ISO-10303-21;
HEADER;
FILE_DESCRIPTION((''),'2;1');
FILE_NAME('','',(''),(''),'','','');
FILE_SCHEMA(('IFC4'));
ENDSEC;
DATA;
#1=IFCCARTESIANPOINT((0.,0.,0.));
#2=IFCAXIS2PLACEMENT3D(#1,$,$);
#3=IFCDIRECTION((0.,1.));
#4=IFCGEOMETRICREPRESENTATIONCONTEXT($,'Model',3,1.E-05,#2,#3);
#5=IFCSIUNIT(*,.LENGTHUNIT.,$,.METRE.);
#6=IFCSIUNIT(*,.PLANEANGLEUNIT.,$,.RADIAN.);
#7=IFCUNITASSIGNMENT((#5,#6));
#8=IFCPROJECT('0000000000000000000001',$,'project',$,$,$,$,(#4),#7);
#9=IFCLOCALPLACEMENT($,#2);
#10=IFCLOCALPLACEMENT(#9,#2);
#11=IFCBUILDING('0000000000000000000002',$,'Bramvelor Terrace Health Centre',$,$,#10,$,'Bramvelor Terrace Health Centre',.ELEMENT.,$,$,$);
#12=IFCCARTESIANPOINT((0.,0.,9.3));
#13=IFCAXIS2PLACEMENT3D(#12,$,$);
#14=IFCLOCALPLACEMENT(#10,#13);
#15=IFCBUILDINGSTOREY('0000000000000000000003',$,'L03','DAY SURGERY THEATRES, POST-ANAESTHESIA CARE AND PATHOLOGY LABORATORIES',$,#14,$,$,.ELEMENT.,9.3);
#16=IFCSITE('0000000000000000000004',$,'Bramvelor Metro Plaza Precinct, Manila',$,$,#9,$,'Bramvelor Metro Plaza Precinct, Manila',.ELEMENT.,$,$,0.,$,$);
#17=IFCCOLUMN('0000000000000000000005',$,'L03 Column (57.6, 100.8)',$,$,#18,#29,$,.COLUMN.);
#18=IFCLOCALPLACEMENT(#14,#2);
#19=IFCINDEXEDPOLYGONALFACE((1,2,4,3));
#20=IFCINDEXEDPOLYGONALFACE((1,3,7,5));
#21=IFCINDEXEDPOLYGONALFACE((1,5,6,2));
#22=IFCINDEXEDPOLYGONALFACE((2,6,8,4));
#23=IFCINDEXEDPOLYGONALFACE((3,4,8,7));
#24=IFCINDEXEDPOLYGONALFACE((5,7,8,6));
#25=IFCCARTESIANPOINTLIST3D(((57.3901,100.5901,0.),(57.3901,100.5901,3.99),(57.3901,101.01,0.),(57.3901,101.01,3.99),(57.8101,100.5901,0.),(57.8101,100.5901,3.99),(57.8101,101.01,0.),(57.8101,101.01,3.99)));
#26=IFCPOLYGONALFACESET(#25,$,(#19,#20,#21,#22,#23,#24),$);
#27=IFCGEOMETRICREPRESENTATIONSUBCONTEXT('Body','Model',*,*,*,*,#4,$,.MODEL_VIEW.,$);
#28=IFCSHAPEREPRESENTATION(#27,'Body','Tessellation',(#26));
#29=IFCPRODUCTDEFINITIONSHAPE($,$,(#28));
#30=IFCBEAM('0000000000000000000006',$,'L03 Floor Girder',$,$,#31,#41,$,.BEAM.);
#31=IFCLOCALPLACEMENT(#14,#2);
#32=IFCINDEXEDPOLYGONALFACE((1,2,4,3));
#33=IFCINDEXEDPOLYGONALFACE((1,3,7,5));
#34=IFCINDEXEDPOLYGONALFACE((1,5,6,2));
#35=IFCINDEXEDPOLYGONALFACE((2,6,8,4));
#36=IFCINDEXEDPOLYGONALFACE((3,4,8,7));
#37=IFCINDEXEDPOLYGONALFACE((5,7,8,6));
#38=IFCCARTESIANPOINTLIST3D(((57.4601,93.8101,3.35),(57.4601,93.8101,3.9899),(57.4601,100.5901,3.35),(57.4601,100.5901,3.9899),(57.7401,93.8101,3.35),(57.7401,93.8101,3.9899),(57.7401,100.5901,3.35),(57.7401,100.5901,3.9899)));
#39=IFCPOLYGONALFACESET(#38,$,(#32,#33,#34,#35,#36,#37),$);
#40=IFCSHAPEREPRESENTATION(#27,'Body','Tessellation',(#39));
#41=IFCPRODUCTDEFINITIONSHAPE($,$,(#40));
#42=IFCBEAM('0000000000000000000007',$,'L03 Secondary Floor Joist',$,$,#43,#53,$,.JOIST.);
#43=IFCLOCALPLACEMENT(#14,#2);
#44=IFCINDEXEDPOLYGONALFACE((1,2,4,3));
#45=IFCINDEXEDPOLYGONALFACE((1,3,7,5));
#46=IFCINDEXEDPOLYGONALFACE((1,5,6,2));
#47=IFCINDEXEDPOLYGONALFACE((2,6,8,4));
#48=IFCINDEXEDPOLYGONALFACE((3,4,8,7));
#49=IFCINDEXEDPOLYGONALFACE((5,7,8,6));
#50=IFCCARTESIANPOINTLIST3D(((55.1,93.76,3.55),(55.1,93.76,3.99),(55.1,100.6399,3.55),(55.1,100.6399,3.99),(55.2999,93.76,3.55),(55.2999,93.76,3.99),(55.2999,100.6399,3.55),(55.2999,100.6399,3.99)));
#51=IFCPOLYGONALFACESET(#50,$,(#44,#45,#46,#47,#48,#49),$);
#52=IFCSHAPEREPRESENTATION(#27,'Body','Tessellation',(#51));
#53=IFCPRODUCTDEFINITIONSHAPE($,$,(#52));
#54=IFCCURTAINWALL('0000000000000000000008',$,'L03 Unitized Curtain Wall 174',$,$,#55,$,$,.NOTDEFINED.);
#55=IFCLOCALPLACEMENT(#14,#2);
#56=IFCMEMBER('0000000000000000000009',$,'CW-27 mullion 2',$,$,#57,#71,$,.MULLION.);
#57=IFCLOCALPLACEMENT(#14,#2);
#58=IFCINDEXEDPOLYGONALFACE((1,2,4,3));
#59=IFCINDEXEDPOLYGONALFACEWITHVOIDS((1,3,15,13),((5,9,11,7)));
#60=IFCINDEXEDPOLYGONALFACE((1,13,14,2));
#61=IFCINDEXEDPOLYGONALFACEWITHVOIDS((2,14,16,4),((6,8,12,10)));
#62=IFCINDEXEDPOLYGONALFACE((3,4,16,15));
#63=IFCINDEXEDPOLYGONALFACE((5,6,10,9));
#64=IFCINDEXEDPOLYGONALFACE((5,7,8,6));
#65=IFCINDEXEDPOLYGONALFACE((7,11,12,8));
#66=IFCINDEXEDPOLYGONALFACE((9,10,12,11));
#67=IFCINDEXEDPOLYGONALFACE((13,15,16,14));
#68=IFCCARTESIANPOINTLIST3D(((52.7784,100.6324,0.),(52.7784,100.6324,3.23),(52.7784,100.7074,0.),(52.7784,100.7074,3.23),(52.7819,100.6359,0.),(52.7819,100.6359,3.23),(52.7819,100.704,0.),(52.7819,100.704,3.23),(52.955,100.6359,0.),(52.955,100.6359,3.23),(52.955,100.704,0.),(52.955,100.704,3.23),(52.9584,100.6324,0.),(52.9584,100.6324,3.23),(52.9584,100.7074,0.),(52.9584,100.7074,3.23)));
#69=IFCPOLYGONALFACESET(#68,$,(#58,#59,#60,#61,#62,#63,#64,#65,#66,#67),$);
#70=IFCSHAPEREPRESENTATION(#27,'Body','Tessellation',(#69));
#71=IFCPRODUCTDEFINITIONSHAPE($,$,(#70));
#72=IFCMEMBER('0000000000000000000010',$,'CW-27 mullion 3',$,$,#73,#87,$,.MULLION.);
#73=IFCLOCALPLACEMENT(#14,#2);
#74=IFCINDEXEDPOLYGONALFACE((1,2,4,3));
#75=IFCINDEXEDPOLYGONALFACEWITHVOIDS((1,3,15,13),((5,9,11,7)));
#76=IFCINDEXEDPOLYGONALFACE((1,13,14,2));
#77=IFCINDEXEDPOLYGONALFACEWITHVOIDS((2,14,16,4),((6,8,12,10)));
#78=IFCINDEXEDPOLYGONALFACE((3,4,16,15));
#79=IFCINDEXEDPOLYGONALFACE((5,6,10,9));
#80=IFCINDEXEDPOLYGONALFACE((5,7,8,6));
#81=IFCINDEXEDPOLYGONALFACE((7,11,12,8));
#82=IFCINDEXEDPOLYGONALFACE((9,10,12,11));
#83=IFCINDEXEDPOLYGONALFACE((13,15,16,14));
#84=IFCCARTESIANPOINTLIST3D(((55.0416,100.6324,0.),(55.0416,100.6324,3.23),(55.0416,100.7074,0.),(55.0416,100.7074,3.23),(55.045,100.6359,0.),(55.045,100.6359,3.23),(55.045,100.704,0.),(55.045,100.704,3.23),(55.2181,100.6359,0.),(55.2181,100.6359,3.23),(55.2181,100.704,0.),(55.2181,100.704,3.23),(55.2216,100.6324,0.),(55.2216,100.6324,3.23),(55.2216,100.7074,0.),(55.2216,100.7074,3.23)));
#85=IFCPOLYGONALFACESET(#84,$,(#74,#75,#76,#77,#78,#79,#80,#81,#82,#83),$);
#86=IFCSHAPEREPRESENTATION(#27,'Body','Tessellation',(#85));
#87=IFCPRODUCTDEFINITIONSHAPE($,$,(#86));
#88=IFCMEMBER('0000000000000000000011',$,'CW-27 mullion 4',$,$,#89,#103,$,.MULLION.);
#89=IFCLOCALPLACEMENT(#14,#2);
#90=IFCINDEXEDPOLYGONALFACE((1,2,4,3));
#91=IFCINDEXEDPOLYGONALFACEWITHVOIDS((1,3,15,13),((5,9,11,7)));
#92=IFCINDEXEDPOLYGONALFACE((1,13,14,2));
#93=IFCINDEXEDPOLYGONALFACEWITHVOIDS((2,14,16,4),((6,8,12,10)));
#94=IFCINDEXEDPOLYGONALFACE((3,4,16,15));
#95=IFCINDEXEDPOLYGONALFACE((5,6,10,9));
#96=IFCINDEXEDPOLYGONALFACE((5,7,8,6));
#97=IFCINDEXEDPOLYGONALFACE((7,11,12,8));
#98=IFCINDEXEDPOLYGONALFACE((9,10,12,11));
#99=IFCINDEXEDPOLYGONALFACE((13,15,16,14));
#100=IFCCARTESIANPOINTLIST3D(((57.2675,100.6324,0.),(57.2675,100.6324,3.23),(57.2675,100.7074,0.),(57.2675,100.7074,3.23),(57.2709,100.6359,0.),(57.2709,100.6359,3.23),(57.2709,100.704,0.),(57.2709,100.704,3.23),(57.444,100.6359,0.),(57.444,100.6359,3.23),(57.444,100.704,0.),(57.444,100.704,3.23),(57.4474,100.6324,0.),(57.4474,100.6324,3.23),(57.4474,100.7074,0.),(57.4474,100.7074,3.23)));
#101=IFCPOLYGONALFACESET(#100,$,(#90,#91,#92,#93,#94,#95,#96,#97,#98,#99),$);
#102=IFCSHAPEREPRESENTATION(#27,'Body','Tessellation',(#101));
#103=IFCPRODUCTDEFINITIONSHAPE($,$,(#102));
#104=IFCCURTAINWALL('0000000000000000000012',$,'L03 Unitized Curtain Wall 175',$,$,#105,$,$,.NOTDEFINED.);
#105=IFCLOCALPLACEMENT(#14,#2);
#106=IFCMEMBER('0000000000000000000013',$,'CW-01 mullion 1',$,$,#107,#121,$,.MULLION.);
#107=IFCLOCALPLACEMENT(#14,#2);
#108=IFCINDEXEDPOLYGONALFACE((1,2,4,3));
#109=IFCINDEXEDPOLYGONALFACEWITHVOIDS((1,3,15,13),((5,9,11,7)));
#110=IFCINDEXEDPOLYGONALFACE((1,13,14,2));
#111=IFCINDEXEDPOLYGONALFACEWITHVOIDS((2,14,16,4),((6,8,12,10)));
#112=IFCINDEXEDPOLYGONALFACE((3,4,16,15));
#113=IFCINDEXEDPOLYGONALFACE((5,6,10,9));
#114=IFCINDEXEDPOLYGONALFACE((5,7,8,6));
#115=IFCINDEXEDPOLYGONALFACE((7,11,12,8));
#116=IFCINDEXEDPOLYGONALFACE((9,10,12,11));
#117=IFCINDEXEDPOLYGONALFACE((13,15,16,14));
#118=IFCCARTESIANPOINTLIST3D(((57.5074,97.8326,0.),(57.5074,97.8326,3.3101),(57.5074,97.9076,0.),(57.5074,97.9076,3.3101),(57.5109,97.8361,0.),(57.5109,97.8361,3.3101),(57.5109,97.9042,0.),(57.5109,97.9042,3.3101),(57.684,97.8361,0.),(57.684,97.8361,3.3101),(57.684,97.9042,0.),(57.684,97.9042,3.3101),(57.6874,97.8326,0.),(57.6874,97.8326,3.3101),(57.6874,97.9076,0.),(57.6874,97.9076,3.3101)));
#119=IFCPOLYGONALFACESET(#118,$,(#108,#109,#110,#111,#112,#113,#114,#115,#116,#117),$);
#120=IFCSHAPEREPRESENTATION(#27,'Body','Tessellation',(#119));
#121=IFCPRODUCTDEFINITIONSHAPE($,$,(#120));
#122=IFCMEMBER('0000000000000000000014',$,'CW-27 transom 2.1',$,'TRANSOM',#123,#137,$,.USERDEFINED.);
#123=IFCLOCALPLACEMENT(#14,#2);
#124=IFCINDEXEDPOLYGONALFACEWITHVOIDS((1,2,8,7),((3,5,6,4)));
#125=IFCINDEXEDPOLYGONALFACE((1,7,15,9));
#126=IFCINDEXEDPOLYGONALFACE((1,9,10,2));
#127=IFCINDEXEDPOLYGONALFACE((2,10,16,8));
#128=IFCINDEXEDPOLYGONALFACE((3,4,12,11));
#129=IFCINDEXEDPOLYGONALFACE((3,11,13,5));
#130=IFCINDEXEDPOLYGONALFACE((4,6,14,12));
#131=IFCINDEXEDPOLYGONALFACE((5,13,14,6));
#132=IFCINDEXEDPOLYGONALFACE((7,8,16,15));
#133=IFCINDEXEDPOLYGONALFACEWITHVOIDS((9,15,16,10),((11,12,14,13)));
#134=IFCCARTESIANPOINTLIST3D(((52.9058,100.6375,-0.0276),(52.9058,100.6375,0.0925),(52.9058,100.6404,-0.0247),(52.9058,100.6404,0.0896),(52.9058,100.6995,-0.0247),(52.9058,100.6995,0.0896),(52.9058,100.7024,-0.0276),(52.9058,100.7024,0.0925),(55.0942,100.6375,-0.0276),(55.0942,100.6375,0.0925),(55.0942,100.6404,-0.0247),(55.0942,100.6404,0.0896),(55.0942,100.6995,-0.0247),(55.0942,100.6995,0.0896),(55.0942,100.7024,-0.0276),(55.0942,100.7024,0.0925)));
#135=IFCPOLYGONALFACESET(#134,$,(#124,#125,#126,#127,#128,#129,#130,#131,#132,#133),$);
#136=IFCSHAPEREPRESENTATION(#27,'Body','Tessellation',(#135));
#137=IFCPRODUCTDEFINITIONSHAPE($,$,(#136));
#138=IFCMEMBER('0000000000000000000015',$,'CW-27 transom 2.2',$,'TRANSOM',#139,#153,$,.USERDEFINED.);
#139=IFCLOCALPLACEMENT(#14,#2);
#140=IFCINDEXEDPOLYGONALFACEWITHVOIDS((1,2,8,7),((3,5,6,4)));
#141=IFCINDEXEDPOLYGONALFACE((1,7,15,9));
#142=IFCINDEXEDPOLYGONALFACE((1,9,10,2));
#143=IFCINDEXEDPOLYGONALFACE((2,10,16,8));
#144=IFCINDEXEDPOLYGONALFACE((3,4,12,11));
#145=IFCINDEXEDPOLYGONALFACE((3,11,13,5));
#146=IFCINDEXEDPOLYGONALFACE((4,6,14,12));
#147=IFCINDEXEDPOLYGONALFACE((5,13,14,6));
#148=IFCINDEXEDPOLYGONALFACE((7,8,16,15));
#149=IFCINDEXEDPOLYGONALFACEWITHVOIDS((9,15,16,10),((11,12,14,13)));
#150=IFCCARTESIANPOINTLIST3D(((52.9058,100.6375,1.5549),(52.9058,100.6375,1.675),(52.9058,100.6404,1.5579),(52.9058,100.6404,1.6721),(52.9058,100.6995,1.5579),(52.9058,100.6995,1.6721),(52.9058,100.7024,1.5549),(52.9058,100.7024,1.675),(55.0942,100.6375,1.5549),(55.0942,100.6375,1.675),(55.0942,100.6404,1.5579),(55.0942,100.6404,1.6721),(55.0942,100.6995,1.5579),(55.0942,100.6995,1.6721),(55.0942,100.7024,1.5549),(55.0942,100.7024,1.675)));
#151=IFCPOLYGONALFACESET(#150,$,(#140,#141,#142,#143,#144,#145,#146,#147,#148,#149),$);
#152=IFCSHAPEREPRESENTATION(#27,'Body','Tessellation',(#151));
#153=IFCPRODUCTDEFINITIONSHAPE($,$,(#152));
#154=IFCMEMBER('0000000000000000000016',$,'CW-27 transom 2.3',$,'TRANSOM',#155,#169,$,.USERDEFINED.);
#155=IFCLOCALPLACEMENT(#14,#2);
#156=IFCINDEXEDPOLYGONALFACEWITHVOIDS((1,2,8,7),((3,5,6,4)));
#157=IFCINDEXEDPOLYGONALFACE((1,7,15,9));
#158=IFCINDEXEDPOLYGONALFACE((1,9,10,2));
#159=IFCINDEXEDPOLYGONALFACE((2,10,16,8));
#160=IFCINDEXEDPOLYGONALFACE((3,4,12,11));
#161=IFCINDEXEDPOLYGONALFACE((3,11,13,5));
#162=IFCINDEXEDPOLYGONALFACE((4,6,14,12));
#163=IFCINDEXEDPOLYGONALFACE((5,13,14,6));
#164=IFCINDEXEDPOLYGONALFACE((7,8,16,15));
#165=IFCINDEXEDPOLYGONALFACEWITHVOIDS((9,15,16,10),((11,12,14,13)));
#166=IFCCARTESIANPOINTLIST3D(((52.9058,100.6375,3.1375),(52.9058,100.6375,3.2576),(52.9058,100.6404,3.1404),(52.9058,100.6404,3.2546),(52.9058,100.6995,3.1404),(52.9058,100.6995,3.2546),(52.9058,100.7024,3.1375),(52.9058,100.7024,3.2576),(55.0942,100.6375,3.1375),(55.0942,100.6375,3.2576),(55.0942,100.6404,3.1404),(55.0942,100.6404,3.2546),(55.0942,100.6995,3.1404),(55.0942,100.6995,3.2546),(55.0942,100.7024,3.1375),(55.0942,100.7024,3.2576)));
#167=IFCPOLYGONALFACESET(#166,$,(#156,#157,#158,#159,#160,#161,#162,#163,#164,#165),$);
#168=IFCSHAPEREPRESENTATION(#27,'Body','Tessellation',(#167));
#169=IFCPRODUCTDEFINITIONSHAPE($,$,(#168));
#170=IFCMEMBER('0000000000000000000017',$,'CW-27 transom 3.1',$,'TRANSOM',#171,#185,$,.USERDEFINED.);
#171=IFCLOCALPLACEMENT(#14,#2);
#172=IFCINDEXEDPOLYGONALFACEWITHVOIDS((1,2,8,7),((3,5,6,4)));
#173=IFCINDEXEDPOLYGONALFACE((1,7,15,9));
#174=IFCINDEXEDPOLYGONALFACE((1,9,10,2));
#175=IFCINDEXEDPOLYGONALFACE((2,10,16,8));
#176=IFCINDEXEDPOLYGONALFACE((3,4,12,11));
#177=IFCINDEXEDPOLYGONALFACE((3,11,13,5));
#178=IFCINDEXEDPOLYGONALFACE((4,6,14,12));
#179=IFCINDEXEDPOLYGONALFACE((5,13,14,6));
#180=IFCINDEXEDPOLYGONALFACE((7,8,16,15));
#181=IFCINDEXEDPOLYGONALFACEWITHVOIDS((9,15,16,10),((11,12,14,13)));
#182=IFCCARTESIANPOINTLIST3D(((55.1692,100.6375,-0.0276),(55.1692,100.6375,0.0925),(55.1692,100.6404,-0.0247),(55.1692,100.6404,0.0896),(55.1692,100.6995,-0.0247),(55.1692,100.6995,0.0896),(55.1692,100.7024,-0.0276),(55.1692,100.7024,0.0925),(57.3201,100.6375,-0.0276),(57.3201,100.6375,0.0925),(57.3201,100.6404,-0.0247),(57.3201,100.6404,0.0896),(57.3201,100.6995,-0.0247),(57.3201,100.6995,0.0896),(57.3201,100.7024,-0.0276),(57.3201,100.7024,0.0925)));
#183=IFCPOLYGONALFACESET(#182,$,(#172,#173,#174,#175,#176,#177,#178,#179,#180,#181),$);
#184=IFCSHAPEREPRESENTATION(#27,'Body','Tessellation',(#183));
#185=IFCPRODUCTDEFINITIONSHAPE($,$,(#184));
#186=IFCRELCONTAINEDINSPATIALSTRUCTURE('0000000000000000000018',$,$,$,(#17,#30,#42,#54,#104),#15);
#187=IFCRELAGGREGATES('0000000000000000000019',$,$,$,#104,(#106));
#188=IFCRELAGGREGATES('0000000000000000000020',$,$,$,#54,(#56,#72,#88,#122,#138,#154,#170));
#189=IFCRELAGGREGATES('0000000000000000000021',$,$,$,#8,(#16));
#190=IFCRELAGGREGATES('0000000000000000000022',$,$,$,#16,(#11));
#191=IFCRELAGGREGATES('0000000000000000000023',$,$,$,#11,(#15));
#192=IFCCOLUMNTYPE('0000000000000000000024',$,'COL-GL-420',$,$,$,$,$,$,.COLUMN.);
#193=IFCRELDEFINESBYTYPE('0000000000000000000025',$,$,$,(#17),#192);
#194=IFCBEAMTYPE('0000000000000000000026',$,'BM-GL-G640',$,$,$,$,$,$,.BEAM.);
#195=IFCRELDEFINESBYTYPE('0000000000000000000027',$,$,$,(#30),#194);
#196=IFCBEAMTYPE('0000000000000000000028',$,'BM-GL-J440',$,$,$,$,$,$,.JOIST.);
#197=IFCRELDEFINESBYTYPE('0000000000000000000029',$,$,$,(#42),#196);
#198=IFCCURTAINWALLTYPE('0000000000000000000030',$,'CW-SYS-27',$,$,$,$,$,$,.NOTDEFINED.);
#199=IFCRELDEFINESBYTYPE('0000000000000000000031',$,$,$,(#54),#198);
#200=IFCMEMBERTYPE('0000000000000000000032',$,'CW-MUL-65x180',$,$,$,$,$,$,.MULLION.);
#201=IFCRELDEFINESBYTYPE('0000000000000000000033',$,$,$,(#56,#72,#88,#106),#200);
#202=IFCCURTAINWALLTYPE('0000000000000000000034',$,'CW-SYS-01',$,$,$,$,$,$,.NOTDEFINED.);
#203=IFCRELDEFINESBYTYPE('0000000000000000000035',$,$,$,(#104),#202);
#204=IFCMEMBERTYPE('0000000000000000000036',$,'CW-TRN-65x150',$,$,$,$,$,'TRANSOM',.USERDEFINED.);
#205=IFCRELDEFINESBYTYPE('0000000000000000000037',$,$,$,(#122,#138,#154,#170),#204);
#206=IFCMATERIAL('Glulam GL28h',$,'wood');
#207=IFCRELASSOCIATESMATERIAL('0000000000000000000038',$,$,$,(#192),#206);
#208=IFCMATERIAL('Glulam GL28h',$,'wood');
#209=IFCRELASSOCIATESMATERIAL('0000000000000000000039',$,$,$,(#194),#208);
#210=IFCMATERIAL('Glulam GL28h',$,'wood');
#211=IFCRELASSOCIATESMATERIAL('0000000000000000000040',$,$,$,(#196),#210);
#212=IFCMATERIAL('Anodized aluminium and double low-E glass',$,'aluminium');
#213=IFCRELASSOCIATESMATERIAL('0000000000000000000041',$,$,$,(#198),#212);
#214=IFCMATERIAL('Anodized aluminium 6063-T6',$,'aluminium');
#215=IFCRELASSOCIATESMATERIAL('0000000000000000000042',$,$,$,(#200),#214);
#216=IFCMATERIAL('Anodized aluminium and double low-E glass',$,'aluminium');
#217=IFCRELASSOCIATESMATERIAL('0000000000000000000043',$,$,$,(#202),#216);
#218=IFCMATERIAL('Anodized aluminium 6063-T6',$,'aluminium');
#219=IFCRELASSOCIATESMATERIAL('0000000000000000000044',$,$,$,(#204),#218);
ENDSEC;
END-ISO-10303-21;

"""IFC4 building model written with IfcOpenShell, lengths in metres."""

from ifc_helpers import new_model, si_unit, direction, frame, origin, origin_2d, place, context, subcontext, project, spatial, rectangle, hollow_rectangle, extrude, material, material_profile, profile_set, type_object, element, aggregate, save


model = new_model("IFC4")

# Units and contexts
model_context = context("Model", 3, precision=1e-05, world=origin(), true_north=direction((0.0, 1.0)))
body_context = subcontext(model_context, "Body", "Model", "MODEL_VIEW")
ifc_project = project(units=[si_unit("LENGTHUNIT", "METRE"), si_unit("PLANEANGLEUNIT", "RADIAN")], contexts=[model_context])

# Site, building, storey
site_placement = place(None, origin())
site = spatial("IfcSite", under=ifc_project, at=site_placement, Name="Bramvelor Metro Plaza Precinct, Manila", LongName="Bramvelor Metro Plaza Precinct, Manila", CompositionType="ELEMENT", RefElevation=0.0)
building_placement = place(site_placement, origin())
building = spatial("IfcBuilding", under=site, at=building_placement, Name="Bramvelor Terrace Health Centre", LongName="Bramvelor Terrace Health Centre", CompositionType="ELEMENT")
storey_placement = place(building_placement, frame((0.0, 0.0, 9.3)))
storey = spatial("IfcBuildingStorey", under=building, at=storey_placement, Name="L03", Description="DAY SURGERY THEATRES, POST-ANAESTHESIA CARE AND PATHOLOGY LABORATORIES", CompositionType="ELEMENT", Elevation=9.3)

# Column
ifc_material_1 = material(Name="Glulam GL28h", Category="wood")
ifc_material_profile_1 = material_profile(ifc_material_1, rectangle(XDim=0.4199, YDim=0.4199, at=origin_2d()), Name="GL 420x420")
ifc_profile_set_1 = profile_set([ifc_material_profile_1], Name="Glulam GL28h")
column_type = type_object("IfcColumnType", Name="COL-GL-420", PredefinedType="COLUMN", material=ifc_profile_set_1)
column_placement = place(storey_placement, frame((57.6001, 100.8, 0.0), z_axis=(0.0, 0.0, 1.0), x_axis=(1.0, 0.0, 0.0)))
element("IfcColumn", 1, at=column_placement, inside=storey, type_object=column_type, Name="L03 Column (57.6, 100.8)", PredefinedType="COLUMN", context=body_context, shape_type="SweptSolid", body=[
    extrude(rectangle(XDim=0.4199, YDim=0.4199, at=origin_2d()), origin(), (0.0, 0.0, 1.0), 3.99),
])

# Beams
ifc_material_2 = material(Name="Glulam GL28h", Category="wood")
ifc_material_profile_2 = material_profile(ifc_material_2, rectangle(XDim=0.28, YDim=0.6399, at=origin_2d()), Name="GL 280x640")
ifc_profile_set_2 = profile_set([ifc_material_profile_2], Name="Glulam GL28h")
beam_type_1 = type_object("IfcBeamType", Name="BM-GL-G640", PredefinedType="BEAM", material=ifc_profile_set_2)
beam_1_placement = place(storey_placement, frame((57.6001, 93.8101, 3.6699), z_axis=(0.0, 1.0, 0.0), x_axis=(-1.0, 0.0, 0.0)))
element("IfcBeam", 2, at=beam_1_placement, inside=storey, type_object=beam_type_1, Name="L03 Floor Girder", PredefinedType="BEAM", context=body_context, shape_type="SweptSolid", body=[
    extrude(rectangle(XDim=0.28, YDim=0.6399, at=origin_2d()), origin(), (0.0, 0.0, 1.0), 6.78),
])
ifc_material_3 = material(Name="Glulam GL28h", Category="wood")
ifc_material_profile_3 = material_profile(ifc_material_3, rectangle(XDim=0.2, YDim=0.4399, at=origin_2d()), Name="GL 200x440")
ifc_profile_set_3 = profile_set([ifc_material_profile_3], Name="Glulam GL28h")
beam_type_2 = type_object("IfcBeamType", Name="BM-GL-J440", PredefinedType="JOIST", material=ifc_profile_set_3)
beam_2_placement = place(storey_placement, frame((55.2, 93.76, 3.77), z_axis=(0.0, 1.0, 0.0), x_axis=(-1.0, 0.0, 0.0)))
element("IfcBeam", 3, at=beam_2_placement, inside=storey, type_object=beam_type_2, Name="L03 Secondary Floor Joist", PredefinedType="JOIST", context=body_context, shape_type="SweptSolid", body=[
    extrude(rectangle(XDim=0.2, YDim=0.4399, at=origin_2d()), origin(), (0.0, 0.0, 1.0), 6.8799),
])

# Curtain wall, members
ifc_material_4 = material(Name="Anodized aluminium and double low-E glass", Category="aluminium")
curtain_wall_type_1 = type_object("IfcCurtainWallType", Name="CW-SYS-27", PredefinedType="NOTDEFINED", material=ifc_material_4)
curtain_wall_1_placement = place(storey_placement, origin())
curtain_wall_1 = element("IfcCurtainWall", 4, at=curtain_wall_1_placement, inside=storey, type_object=curtain_wall_type_1, Name="L03 Unitized Curtain Wall 174", PredefinedType="NOTDEFINED")
ifc_material_5 = material(Name="Anodized aluminium 6063-T6", Category="aluminium")
ifc_material_profile_4 = material_profile(ifc_material_5, hollow_rectangle(XDim=0.075, YDim=0.1799, WallThickness=0.0034, at=origin_2d()), Name="ALU-MUL 75x180x3.5")
ifc_profile_set_4 = profile_set([ifc_material_profile_4], Name="Anodized aluminium 6063-T6")
member_type_1 = type_object("IfcMemberType", Name="CW-MUL-65x180", PredefinedType="MULLION", material=ifc_profile_set_4)
member_1_placement = place(storey_placement, frame((52.8684, 100.6699, 0.0), z_axis=(0.0, 0.0, 1.0), x_axis=(0.0, 1.0, 0.0)))
member_1 = element("IfcMember", 5, at=member_1_placement, type_object=member_type_1, Name="CW-27 mullion 2", PredefinedType="MULLION", context=body_context, shape_type="SweptSolid", body=[
    extrude(hollow_rectangle(XDim=0.075, YDim=0.1799, WallThickness=0.0034, at=origin_2d()), origin(), (0.0, 0.0, 1.0), 3.23),
])
member_2_placement = place(storey_placement, frame((55.1316, 100.6699, 0.0), z_axis=(0.0, 0.0, 1.0), x_axis=(0.0, 1.0, 0.0)))
member_2 = element("IfcMember", 6, at=member_2_placement, type_object=member_type_1, Name="CW-27 mullion 3", PredefinedType="MULLION", context=body_context, shape_type="SweptSolid", body=[
    extrude(hollow_rectangle(XDim=0.075, YDim=0.1799, WallThickness=0.0034, at=origin_2d()), origin(), (0.0, 0.0, 1.0), 3.23),
])
member_3_placement = place(storey_placement, frame((57.3574, 100.6699, 0.0), z_axis=(0.0, 0.0, 1.0), x_axis=(0.0, 1.0, 0.0)))
member_3 = element("IfcMember", 7, at=member_3_placement, type_object=member_type_1, Name="CW-27 mullion 4", PredefinedType="MULLION", context=body_context, shape_type="SweptSolid", body=[
    extrude(hollow_rectangle(XDim=0.075, YDim=0.1799, WallThickness=0.0034, at=origin_2d()), origin(), (0.0, 0.0, 1.0), 3.23),
])

# Curtain wall, member
ifc_material_6 = material(Name="Anodized aluminium and double low-E glass", Category="aluminium")
curtain_wall_type_2 = type_object("IfcCurtainWallType", Name="CW-SYS-01", PredefinedType="NOTDEFINED", material=ifc_material_6)
curtain_wall_2_placement = place(storey_placement, origin())
curtain_wall_2 = element("IfcCurtainWall", 8, at=curtain_wall_2_placement, inside=storey, type_object=curtain_wall_type_2, Name="L03 Unitized Curtain Wall 175", PredefinedType="NOTDEFINED")
member_4_placement = place(storey_placement, frame((57.5974, 97.8701, 0.0), z_axis=(0.0, 0.0, 1.0), x_axis=(0.0, 1.0, 0.0)))
member_4 = element("IfcMember", 9, at=member_4_placement, type_object=member_type_1, Name="CW-01 mullion 1", PredefinedType="MULLION", context=body_context, shape_type="SweptSolid", body=[
    extrude(hollow_rectangle(XDim=0.075, YDim=0.1799, WallThickness=0.0034, at=origin_2d()), origin(), (0.0, 0.0, 1.0), 3.3101),
])

# Members
ifc_material_7 = material(Name="Anodized aluminium 6063-T6", Category="aluminium")
ifc_material_profile_5 = material_profile(ifc_material_7, hollow_rectangle(XDim=0.0649, YDim=0.1201, WallThickness=0.0029, at=origin_2d()), Name="ALU-TRN 65x120x3.0")
ifc_profile_set_5 = profile_set([ifc_material_profile_5], Name="Anodized aluminium 6063-T6")
member_type_2 = type_object("IfcMemberType", Name="CW-TRN-65x150", ElementType="TRANSOM", PredefinedType="USERDEFINED", material=ifc_profile_set_5)
member_5_placement = place(storey_placement, frame((52.9058, 100.6699, 0.0325), z_axis=(1.0, 0.0, 0.0), x_axis=(0.0, 1.0, 0.0)))
member_5 = element("IfcMember", 10, at=member_5_placement, type_object=member_type_2, Name="CW-27 transom 2.1", ObjectType="TRANSOM", PredefinedType="USERDEFINED", context=body_context, shape_type="SweptSolid", body=[
    extrude(hollow_rectangle(XDim=0.0649, YDim=0.1201, WallThickness=0.0029, at=origin_2d()), origin(), (0.0, 0.0, 1.0), 2.1885),
])
member_6_placement = place(storey_placement, frame((52.9058, 100.6699, 1.615), z_axis=(1.0, 0.0, 0.0), x_axis=(0.0, 1.0, 0.0)))
member_6 = element("IfcMember", 11, at=member_6_placement, type_object=member_type_2, Name="CW-27 transom 2.2", ObjectType="TRANSOM", PredefinedType="USERDEFINED", context=body_context, shape_type="SweptSolid", body=[
    extrude(hollow_rectangle(XDim=0.0649, YDim=0.1201, WallThickness=0.0029, at=origin_2d()), origin(), (0.0, 0.0, 1.0), 2.1885),
])
member_7_placement = place(storey_placement, frame((52.9058, 100.6699, 3.1975), z_axis=(1.0, 0.0, 0.0), x_axis=(0.0, 1.0, 0.0)))
member_7 = element("IfcMember", 12, at=member_7_placement, type_object=member_type_2, Name="CW-27 transom 2.3", ObjectType="TRANSOM", PredefinedType="USERDEFINED", context=body_context, shape_type="SweptSolid", body=[
    extrude(hollow_rectangle(XDim=0.0649, YDim=0.1201, WallThickness=0.0029, at=origin_2d()), origin(), (0.0, 0.0, 1.0), 2.1885),
])
member_8_placement = place(storey_placement, frame((55.1692, 100.6699, 0.0325), z_axis=(1.0, 0.0, 0.0), x_axis=(0.0, 1.0, 0.0)))
member_8 = element("IfcMember", 13, at=member_8_placement, type_object=member_type_2, Name="CW-27 transom 3.1", ObjectType="TRANSOM", PredefinedType="USERDEFINED", context=body_context, shape_type="SweptSolid", body=[
    extrude(hollow_rectangle(XDim=0.0649, YDim=0.1201, WallThickness=0.0029, at=origin_2d()), origin(), (0.0, 0.0, 1.0), 2.1509),
])
aggregate(curtain_wall_2, [member_4])

aggregate(curtain_wall_1, [member_1, member_2, member_3, member_5, member_6, member_7, member_8])

save(model, "model.ifc")
